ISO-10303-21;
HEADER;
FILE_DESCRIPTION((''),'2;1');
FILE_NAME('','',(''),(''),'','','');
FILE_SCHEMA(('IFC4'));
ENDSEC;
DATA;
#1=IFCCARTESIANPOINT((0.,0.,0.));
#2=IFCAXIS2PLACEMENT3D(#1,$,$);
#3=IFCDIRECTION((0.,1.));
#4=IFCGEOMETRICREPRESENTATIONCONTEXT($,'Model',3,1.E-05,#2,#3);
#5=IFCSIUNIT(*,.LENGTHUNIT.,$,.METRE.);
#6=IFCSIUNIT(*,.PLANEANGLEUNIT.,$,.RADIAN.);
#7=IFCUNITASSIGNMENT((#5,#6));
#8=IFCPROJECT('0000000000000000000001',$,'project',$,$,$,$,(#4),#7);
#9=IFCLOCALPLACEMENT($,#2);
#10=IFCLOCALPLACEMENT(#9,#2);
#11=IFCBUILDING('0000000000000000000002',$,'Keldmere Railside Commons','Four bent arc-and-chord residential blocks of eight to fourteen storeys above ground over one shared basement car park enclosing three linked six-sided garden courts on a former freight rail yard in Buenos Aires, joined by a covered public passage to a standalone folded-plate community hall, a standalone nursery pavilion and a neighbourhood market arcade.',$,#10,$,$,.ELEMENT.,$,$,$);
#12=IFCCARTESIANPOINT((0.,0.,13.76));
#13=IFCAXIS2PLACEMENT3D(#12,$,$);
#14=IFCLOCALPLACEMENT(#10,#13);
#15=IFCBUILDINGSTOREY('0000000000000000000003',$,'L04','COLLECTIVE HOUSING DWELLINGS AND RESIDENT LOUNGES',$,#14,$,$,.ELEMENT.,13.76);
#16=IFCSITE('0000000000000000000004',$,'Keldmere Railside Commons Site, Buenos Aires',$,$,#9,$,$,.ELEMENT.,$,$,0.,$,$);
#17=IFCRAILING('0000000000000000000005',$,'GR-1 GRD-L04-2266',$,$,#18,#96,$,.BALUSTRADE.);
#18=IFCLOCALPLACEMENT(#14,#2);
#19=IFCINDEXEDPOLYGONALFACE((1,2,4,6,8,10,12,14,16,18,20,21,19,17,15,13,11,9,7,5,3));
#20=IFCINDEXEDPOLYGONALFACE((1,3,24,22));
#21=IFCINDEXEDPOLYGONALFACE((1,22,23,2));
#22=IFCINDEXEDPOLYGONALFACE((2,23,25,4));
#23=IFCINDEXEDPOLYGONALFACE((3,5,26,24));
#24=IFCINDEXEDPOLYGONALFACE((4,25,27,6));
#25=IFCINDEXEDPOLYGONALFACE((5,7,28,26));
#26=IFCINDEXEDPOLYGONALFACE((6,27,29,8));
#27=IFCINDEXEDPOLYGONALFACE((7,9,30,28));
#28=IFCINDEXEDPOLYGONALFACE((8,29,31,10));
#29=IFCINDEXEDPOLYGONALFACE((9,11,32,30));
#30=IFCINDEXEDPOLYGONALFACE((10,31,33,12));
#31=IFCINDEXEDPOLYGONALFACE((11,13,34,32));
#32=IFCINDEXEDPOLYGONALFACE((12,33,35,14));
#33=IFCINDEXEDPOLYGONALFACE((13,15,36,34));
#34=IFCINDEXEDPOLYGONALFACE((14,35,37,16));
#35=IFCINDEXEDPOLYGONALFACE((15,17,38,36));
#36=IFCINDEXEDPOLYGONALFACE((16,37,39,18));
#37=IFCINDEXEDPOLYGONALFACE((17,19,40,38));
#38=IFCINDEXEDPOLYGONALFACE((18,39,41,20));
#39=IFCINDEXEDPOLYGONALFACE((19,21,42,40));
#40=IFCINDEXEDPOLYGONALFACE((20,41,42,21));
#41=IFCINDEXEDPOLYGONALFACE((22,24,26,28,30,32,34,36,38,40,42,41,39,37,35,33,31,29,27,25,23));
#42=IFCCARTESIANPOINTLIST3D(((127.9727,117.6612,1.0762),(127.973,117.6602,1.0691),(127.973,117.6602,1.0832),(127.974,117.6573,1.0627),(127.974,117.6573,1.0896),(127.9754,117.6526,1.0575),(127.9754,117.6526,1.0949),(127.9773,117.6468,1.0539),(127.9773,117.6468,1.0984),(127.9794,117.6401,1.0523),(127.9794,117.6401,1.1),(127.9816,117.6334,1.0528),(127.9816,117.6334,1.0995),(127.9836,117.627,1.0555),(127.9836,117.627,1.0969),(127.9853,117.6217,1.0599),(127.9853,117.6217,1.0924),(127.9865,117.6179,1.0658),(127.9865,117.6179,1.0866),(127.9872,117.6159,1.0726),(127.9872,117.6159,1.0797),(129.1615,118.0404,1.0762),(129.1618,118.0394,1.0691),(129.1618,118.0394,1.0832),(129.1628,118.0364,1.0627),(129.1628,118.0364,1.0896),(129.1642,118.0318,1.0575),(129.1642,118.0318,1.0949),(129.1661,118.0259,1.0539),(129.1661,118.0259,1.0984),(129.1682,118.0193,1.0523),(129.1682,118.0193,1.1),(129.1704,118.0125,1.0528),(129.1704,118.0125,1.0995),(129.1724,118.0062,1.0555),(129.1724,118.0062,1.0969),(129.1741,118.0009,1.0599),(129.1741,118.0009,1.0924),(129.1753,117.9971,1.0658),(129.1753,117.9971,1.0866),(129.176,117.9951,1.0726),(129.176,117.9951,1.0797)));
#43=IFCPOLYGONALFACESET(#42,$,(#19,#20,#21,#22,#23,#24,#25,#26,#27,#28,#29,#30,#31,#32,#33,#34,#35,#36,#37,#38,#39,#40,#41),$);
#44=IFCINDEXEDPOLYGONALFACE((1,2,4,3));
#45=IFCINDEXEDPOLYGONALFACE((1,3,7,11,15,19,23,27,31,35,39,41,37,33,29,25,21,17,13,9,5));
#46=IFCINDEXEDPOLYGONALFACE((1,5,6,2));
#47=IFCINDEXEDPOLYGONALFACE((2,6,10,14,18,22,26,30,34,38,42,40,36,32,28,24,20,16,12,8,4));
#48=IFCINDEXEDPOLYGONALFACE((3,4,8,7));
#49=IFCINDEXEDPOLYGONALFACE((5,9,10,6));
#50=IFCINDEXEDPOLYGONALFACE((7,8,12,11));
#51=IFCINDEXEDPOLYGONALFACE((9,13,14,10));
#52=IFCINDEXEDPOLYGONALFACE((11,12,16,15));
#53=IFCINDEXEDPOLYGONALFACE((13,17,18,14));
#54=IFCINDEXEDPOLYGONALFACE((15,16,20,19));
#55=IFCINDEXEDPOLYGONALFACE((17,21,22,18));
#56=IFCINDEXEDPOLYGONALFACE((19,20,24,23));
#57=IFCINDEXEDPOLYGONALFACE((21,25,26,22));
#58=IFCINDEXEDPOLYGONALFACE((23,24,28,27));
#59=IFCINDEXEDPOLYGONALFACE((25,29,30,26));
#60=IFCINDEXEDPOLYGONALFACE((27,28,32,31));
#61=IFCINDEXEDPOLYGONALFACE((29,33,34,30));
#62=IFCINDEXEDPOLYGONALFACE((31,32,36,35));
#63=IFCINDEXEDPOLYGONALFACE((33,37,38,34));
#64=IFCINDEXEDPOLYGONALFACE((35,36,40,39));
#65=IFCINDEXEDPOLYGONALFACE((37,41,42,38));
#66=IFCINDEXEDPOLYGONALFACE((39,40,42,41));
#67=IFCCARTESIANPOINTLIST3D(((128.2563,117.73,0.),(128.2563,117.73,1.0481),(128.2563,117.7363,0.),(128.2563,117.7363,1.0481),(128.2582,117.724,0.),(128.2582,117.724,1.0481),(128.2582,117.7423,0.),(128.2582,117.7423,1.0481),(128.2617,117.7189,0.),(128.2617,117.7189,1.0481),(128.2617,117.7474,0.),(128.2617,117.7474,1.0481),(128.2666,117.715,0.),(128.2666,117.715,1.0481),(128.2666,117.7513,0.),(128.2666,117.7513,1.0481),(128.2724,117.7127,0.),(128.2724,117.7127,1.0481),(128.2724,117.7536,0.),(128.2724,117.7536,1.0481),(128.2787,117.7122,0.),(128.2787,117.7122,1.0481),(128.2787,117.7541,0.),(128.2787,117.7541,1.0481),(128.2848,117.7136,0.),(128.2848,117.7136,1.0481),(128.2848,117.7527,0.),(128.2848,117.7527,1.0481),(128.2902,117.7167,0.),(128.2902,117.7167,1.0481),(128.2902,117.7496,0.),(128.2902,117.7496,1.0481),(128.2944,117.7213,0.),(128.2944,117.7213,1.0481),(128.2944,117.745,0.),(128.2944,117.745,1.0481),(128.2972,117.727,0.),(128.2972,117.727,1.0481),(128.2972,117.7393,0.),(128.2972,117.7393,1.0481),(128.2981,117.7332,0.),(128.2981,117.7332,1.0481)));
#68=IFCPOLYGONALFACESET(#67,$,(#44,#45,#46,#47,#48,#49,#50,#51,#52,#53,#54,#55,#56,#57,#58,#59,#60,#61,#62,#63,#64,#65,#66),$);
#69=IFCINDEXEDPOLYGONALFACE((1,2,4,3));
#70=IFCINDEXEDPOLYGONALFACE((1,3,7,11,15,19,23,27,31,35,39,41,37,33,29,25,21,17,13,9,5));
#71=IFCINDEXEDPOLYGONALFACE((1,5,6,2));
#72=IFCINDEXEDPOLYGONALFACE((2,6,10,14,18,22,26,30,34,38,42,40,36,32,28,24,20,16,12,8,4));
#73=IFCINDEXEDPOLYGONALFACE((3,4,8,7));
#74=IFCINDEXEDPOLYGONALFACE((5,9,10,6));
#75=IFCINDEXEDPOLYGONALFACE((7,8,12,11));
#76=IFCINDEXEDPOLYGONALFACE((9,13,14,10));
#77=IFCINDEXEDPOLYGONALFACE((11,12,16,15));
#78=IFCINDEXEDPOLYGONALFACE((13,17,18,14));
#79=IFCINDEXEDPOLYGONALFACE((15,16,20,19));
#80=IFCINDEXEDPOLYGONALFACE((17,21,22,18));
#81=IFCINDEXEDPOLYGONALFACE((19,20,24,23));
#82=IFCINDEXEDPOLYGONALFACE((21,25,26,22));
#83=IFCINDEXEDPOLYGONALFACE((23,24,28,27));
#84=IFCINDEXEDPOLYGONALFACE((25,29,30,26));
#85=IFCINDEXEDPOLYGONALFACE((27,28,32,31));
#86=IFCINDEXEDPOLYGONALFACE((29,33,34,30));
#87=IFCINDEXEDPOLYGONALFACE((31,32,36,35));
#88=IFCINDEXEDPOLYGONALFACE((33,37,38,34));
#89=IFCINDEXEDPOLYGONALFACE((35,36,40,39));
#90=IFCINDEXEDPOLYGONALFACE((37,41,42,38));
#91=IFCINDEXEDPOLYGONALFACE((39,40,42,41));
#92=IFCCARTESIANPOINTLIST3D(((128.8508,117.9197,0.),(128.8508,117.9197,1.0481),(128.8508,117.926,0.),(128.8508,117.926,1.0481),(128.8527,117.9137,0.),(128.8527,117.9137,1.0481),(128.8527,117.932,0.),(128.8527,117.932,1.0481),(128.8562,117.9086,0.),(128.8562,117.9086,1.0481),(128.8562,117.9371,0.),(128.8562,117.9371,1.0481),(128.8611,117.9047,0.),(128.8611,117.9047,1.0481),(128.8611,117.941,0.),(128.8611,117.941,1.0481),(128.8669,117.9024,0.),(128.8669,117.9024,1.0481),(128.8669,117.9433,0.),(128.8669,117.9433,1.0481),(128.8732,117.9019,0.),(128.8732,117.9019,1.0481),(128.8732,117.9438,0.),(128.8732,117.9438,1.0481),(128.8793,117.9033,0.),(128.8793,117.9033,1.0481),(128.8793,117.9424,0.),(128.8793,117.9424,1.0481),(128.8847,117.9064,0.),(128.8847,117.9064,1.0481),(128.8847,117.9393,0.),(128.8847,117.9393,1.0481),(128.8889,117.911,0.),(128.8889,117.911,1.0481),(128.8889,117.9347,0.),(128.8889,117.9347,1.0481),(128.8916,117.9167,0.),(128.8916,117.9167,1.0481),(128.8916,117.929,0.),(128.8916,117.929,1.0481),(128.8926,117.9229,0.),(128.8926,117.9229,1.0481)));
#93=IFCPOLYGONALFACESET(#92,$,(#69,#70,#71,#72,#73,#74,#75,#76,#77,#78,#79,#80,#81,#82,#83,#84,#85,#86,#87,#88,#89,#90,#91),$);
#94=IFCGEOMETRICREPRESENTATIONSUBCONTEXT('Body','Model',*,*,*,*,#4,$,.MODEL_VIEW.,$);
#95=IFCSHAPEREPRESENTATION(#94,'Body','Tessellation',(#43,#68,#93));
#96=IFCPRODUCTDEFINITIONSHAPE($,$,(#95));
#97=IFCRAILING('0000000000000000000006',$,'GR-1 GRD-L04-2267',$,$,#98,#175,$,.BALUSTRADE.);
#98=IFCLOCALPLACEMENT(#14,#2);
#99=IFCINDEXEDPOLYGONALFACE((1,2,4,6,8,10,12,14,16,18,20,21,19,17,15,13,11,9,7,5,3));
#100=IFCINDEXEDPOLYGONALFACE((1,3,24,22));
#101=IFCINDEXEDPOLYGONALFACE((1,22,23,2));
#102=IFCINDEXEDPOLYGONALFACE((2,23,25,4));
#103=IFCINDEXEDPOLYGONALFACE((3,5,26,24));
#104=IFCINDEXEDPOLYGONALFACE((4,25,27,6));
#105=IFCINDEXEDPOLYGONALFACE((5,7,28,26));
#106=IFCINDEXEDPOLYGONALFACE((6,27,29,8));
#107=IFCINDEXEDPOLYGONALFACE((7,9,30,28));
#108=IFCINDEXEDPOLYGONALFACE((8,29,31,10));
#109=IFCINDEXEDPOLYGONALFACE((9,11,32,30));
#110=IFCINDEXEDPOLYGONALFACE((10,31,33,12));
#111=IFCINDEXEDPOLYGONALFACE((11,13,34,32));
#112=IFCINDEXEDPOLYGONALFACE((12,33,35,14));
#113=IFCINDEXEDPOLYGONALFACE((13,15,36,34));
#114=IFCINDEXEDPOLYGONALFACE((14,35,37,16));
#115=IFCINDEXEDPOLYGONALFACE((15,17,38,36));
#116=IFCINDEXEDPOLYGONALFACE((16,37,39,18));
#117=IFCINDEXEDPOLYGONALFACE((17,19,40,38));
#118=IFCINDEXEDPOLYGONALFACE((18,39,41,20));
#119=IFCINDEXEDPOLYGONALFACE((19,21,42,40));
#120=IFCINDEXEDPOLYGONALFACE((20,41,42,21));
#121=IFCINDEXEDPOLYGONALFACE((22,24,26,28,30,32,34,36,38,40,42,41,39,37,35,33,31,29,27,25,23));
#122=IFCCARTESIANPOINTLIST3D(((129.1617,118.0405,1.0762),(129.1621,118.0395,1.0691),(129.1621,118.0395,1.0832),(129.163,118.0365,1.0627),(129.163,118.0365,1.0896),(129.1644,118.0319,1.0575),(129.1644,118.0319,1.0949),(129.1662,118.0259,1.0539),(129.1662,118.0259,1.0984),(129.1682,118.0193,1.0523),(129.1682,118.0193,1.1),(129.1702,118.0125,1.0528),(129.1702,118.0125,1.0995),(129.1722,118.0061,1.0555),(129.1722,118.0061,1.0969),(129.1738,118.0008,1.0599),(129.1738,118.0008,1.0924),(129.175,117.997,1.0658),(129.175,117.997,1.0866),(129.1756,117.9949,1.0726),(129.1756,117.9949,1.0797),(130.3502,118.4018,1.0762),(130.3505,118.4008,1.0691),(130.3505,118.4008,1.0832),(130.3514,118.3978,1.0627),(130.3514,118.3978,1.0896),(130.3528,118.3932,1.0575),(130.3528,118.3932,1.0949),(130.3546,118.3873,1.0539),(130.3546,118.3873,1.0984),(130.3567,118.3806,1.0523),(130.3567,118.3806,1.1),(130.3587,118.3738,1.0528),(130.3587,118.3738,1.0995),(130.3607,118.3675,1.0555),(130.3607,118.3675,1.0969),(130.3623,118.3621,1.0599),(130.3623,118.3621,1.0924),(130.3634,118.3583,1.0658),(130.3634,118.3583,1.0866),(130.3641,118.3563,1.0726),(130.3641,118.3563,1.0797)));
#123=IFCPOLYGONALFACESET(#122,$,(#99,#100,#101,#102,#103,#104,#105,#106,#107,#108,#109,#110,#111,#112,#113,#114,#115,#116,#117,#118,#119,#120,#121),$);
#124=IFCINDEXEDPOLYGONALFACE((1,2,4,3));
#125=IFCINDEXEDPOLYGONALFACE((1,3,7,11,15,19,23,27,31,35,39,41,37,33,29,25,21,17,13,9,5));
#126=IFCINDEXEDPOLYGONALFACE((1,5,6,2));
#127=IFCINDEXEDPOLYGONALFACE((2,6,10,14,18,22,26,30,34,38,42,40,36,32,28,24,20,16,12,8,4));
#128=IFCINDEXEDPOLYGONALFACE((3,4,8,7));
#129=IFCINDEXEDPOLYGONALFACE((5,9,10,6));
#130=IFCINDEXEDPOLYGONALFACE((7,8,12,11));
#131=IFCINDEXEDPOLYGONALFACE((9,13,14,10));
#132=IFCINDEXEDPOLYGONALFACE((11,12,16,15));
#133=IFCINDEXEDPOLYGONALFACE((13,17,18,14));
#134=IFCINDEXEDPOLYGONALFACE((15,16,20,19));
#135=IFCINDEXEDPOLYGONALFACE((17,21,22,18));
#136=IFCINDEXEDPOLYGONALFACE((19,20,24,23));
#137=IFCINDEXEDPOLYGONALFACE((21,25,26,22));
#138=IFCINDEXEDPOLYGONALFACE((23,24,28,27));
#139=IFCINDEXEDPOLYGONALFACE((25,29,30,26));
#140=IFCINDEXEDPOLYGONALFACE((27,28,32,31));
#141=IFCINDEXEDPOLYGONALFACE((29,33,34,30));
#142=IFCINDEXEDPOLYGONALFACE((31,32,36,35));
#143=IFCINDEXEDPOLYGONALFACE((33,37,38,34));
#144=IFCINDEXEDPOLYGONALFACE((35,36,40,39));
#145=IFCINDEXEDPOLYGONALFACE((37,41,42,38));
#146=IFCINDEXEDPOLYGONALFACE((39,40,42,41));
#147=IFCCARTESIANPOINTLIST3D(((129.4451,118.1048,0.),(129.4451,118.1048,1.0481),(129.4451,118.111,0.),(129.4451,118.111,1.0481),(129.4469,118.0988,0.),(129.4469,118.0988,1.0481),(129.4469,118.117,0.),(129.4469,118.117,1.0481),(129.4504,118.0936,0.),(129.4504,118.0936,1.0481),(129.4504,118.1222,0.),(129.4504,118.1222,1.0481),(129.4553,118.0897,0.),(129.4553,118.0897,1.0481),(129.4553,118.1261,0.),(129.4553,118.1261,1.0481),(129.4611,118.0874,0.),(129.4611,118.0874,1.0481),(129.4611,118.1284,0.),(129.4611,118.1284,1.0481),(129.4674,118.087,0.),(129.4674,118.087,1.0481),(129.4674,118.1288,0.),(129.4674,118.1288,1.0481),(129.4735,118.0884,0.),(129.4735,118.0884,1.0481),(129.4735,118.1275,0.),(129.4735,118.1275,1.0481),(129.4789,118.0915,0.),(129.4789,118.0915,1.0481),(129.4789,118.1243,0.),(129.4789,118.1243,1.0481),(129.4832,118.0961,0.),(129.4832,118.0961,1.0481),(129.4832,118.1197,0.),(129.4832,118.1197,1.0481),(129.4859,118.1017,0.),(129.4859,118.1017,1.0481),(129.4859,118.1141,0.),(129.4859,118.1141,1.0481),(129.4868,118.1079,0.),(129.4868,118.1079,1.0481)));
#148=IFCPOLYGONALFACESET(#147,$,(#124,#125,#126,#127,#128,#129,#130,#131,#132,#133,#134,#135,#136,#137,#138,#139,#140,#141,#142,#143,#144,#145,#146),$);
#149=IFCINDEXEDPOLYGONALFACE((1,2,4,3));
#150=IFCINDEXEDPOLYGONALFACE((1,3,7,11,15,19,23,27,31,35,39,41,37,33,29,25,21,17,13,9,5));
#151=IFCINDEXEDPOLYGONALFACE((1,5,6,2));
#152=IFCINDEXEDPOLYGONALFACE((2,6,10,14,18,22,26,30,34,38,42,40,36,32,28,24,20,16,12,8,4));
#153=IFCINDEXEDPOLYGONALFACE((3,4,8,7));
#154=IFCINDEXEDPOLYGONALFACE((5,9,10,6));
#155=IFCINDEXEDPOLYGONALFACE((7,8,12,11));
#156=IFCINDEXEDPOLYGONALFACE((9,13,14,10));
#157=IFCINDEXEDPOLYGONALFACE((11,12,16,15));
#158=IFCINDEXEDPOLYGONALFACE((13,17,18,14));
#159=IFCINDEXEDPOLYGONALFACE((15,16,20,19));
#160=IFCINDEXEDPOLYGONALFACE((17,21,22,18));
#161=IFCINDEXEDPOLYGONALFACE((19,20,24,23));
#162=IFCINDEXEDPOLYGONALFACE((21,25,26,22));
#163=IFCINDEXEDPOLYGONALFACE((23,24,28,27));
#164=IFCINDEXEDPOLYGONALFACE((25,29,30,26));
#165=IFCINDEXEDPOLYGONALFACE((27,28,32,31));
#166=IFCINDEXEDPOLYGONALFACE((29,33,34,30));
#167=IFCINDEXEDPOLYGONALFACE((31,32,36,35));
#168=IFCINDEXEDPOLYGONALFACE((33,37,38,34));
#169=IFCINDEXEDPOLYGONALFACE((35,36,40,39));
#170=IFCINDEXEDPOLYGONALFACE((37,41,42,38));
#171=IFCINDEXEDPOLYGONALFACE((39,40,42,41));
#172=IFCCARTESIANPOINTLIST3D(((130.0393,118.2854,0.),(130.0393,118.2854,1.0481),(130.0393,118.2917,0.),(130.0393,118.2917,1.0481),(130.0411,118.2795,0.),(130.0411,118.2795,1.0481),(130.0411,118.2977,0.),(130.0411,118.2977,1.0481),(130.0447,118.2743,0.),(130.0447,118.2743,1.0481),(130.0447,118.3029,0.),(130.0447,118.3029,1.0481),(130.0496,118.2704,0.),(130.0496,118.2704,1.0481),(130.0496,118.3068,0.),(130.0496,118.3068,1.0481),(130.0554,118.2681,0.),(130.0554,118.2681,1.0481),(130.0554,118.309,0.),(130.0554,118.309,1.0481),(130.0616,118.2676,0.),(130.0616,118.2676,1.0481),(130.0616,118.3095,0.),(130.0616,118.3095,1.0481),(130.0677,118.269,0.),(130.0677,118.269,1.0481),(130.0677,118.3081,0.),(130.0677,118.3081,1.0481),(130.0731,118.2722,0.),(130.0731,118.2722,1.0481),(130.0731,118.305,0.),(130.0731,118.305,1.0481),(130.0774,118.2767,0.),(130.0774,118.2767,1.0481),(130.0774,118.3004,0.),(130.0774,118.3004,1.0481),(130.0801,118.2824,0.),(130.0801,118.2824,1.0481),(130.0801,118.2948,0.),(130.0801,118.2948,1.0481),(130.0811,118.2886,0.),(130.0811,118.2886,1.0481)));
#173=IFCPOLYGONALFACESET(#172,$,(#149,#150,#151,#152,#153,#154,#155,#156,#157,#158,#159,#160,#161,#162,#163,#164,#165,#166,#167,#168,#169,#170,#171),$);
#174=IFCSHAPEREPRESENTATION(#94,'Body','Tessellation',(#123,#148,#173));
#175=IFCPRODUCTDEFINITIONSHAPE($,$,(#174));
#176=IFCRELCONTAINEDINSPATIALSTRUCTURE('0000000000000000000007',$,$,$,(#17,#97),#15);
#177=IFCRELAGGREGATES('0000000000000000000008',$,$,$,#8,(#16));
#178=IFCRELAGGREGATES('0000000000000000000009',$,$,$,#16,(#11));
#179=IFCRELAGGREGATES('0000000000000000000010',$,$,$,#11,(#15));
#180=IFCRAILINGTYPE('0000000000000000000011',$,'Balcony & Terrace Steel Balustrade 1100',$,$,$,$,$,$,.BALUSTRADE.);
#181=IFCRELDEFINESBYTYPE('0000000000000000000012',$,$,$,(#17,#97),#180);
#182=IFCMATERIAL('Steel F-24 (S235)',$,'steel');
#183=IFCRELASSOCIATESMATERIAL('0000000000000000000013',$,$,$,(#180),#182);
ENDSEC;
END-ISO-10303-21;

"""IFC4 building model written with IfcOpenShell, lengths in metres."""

from ifc_helpers import new_model, si_unit, direction, frame, origin, origin_2d, place, context, subcontext, project, spatial, circle, extrude, material, type_object, element, save


model = new_model("IFC4")

# Units and contexts
model_context = context("Model", 3, precision=1e-05, world=origin(), true_north=direction((0.0, 1.0)))
body_context = subcontext(model_context, "Body", "Model", "MODEL_VIEW")
ifc_project = project(units=[si_unit("LENGTHUNIT", "METRE"), si_unit("PLANEANGLEUNIT", "RADIAN")], contexts=[model_context])

# Site, building, storey
site_placement = place(None, origin())
site = spatial("IfcSite", under=ifc_project, at=site_placement, Name="Keldmere Railside Commons Site, Buenos Aires", CompositionType="ELEMENT", RefElevation=0.0)
building_placement = place(site_placement, origin())
building = spatial("IfcBuilding", under=site, at=building_placement, Name="Keldmere Railside Commons", Description="Four bent arc-and-chord residential blocks of eight to fourteen storeys above ground over one shared basement car park enclosing three linked six-sided garden courts on a former freight rail yard in Buenos Aires, joined by a covered public passage to a standalone folded-plate community hall, a standalone nursery pavilion and a neighbourhood market arcade.", CompositionType="ELEMENT")
storey_placement = place(building_placement, frame((0.0, 0.0, 13.76)))
storey = spatial("IfcBuildingStorey", under=building, at=storey_placement, Name="L04", Description="COLLECTIVE HOUSING DWELLINGS AND RESIDENT LOUNGES", CompositionType="ELEMENT", Elevation=13.76)

# Railings
ifc_material_1 = material(Name="Steel F-24 (S235)", Category="steel")
railing_type_1 = type_object("IfcRailingType", Name="Balcony & Terrace Steel Balustrade 1100", PredefinedType="BALUSTRADE", material=ifc_material_1)
railing_1_placement = place(storey_placement, frame((127.98, 117.6384, 0.0)))
element("IfcRailing", 1, at=railing_1_placement, inside=storey, type_object=railing_type_1, Name="GR-1 GRD-L04-2266", PredefinedType="BALUSTRADE", context=body_context, shape_type="SweptSolid", body=[
    extrude(circle(Radius=0.0239, at=origin_2d()), frame((0.0, 0.0, 1.0762), z_axis=(0.952712, 0.303874, 0.0), x_axis=(-0.303874, 0.952712, 0.0)), (0.0, 0.0, 1.0), 1.2478),
    extrude(circle(Radius=0.021, at=origin_2d()), frame((0.2971, 0.0947, 0.0)), (0.0, 0.0, 1.0), 1.0481),
    extrude(circle(Radius=0.021, at=origin_2d()), frame((0.8916, 0.2844, 0.0)), (0.0, 0.0, 1.0), 1.0481),
])
railing_2_placement = place(storey_placement, frame((129.1687, 118.0176, 0.0)))
element("IfcRailing", 2, at=railing_2_placement, inside=storey, type_object=railing_type_1, Name="GR-1 GRD-L04-2267", PredefinedType="BALUSTRADE", context=body_context, shape_type="SweptSolid", body=[
    extrude(circle(Radius=0.0239, at=origin_2d()), frame((0.0, 0.0, 1.0762), z_axis=(0.95676, 0.29088, 0.0), x_axis=(-0.29088, 0.95676, 0.0)), (0.0, 0.0, 1.0), 1.2422),
    extrude(circle(Radius=0.021, at=origin_2d()), frame((0.2971, 0.0903, 0.0)), (0.0, 0.0, 1.0), 1.0481),
    extrude(circle(Radius=0.021, at=origin_2d()), frame((0.8914, 0.271, 0.0)), (0.0, 0.0, 1.0), 1.0481),
])

save(model, "model.ifc")
